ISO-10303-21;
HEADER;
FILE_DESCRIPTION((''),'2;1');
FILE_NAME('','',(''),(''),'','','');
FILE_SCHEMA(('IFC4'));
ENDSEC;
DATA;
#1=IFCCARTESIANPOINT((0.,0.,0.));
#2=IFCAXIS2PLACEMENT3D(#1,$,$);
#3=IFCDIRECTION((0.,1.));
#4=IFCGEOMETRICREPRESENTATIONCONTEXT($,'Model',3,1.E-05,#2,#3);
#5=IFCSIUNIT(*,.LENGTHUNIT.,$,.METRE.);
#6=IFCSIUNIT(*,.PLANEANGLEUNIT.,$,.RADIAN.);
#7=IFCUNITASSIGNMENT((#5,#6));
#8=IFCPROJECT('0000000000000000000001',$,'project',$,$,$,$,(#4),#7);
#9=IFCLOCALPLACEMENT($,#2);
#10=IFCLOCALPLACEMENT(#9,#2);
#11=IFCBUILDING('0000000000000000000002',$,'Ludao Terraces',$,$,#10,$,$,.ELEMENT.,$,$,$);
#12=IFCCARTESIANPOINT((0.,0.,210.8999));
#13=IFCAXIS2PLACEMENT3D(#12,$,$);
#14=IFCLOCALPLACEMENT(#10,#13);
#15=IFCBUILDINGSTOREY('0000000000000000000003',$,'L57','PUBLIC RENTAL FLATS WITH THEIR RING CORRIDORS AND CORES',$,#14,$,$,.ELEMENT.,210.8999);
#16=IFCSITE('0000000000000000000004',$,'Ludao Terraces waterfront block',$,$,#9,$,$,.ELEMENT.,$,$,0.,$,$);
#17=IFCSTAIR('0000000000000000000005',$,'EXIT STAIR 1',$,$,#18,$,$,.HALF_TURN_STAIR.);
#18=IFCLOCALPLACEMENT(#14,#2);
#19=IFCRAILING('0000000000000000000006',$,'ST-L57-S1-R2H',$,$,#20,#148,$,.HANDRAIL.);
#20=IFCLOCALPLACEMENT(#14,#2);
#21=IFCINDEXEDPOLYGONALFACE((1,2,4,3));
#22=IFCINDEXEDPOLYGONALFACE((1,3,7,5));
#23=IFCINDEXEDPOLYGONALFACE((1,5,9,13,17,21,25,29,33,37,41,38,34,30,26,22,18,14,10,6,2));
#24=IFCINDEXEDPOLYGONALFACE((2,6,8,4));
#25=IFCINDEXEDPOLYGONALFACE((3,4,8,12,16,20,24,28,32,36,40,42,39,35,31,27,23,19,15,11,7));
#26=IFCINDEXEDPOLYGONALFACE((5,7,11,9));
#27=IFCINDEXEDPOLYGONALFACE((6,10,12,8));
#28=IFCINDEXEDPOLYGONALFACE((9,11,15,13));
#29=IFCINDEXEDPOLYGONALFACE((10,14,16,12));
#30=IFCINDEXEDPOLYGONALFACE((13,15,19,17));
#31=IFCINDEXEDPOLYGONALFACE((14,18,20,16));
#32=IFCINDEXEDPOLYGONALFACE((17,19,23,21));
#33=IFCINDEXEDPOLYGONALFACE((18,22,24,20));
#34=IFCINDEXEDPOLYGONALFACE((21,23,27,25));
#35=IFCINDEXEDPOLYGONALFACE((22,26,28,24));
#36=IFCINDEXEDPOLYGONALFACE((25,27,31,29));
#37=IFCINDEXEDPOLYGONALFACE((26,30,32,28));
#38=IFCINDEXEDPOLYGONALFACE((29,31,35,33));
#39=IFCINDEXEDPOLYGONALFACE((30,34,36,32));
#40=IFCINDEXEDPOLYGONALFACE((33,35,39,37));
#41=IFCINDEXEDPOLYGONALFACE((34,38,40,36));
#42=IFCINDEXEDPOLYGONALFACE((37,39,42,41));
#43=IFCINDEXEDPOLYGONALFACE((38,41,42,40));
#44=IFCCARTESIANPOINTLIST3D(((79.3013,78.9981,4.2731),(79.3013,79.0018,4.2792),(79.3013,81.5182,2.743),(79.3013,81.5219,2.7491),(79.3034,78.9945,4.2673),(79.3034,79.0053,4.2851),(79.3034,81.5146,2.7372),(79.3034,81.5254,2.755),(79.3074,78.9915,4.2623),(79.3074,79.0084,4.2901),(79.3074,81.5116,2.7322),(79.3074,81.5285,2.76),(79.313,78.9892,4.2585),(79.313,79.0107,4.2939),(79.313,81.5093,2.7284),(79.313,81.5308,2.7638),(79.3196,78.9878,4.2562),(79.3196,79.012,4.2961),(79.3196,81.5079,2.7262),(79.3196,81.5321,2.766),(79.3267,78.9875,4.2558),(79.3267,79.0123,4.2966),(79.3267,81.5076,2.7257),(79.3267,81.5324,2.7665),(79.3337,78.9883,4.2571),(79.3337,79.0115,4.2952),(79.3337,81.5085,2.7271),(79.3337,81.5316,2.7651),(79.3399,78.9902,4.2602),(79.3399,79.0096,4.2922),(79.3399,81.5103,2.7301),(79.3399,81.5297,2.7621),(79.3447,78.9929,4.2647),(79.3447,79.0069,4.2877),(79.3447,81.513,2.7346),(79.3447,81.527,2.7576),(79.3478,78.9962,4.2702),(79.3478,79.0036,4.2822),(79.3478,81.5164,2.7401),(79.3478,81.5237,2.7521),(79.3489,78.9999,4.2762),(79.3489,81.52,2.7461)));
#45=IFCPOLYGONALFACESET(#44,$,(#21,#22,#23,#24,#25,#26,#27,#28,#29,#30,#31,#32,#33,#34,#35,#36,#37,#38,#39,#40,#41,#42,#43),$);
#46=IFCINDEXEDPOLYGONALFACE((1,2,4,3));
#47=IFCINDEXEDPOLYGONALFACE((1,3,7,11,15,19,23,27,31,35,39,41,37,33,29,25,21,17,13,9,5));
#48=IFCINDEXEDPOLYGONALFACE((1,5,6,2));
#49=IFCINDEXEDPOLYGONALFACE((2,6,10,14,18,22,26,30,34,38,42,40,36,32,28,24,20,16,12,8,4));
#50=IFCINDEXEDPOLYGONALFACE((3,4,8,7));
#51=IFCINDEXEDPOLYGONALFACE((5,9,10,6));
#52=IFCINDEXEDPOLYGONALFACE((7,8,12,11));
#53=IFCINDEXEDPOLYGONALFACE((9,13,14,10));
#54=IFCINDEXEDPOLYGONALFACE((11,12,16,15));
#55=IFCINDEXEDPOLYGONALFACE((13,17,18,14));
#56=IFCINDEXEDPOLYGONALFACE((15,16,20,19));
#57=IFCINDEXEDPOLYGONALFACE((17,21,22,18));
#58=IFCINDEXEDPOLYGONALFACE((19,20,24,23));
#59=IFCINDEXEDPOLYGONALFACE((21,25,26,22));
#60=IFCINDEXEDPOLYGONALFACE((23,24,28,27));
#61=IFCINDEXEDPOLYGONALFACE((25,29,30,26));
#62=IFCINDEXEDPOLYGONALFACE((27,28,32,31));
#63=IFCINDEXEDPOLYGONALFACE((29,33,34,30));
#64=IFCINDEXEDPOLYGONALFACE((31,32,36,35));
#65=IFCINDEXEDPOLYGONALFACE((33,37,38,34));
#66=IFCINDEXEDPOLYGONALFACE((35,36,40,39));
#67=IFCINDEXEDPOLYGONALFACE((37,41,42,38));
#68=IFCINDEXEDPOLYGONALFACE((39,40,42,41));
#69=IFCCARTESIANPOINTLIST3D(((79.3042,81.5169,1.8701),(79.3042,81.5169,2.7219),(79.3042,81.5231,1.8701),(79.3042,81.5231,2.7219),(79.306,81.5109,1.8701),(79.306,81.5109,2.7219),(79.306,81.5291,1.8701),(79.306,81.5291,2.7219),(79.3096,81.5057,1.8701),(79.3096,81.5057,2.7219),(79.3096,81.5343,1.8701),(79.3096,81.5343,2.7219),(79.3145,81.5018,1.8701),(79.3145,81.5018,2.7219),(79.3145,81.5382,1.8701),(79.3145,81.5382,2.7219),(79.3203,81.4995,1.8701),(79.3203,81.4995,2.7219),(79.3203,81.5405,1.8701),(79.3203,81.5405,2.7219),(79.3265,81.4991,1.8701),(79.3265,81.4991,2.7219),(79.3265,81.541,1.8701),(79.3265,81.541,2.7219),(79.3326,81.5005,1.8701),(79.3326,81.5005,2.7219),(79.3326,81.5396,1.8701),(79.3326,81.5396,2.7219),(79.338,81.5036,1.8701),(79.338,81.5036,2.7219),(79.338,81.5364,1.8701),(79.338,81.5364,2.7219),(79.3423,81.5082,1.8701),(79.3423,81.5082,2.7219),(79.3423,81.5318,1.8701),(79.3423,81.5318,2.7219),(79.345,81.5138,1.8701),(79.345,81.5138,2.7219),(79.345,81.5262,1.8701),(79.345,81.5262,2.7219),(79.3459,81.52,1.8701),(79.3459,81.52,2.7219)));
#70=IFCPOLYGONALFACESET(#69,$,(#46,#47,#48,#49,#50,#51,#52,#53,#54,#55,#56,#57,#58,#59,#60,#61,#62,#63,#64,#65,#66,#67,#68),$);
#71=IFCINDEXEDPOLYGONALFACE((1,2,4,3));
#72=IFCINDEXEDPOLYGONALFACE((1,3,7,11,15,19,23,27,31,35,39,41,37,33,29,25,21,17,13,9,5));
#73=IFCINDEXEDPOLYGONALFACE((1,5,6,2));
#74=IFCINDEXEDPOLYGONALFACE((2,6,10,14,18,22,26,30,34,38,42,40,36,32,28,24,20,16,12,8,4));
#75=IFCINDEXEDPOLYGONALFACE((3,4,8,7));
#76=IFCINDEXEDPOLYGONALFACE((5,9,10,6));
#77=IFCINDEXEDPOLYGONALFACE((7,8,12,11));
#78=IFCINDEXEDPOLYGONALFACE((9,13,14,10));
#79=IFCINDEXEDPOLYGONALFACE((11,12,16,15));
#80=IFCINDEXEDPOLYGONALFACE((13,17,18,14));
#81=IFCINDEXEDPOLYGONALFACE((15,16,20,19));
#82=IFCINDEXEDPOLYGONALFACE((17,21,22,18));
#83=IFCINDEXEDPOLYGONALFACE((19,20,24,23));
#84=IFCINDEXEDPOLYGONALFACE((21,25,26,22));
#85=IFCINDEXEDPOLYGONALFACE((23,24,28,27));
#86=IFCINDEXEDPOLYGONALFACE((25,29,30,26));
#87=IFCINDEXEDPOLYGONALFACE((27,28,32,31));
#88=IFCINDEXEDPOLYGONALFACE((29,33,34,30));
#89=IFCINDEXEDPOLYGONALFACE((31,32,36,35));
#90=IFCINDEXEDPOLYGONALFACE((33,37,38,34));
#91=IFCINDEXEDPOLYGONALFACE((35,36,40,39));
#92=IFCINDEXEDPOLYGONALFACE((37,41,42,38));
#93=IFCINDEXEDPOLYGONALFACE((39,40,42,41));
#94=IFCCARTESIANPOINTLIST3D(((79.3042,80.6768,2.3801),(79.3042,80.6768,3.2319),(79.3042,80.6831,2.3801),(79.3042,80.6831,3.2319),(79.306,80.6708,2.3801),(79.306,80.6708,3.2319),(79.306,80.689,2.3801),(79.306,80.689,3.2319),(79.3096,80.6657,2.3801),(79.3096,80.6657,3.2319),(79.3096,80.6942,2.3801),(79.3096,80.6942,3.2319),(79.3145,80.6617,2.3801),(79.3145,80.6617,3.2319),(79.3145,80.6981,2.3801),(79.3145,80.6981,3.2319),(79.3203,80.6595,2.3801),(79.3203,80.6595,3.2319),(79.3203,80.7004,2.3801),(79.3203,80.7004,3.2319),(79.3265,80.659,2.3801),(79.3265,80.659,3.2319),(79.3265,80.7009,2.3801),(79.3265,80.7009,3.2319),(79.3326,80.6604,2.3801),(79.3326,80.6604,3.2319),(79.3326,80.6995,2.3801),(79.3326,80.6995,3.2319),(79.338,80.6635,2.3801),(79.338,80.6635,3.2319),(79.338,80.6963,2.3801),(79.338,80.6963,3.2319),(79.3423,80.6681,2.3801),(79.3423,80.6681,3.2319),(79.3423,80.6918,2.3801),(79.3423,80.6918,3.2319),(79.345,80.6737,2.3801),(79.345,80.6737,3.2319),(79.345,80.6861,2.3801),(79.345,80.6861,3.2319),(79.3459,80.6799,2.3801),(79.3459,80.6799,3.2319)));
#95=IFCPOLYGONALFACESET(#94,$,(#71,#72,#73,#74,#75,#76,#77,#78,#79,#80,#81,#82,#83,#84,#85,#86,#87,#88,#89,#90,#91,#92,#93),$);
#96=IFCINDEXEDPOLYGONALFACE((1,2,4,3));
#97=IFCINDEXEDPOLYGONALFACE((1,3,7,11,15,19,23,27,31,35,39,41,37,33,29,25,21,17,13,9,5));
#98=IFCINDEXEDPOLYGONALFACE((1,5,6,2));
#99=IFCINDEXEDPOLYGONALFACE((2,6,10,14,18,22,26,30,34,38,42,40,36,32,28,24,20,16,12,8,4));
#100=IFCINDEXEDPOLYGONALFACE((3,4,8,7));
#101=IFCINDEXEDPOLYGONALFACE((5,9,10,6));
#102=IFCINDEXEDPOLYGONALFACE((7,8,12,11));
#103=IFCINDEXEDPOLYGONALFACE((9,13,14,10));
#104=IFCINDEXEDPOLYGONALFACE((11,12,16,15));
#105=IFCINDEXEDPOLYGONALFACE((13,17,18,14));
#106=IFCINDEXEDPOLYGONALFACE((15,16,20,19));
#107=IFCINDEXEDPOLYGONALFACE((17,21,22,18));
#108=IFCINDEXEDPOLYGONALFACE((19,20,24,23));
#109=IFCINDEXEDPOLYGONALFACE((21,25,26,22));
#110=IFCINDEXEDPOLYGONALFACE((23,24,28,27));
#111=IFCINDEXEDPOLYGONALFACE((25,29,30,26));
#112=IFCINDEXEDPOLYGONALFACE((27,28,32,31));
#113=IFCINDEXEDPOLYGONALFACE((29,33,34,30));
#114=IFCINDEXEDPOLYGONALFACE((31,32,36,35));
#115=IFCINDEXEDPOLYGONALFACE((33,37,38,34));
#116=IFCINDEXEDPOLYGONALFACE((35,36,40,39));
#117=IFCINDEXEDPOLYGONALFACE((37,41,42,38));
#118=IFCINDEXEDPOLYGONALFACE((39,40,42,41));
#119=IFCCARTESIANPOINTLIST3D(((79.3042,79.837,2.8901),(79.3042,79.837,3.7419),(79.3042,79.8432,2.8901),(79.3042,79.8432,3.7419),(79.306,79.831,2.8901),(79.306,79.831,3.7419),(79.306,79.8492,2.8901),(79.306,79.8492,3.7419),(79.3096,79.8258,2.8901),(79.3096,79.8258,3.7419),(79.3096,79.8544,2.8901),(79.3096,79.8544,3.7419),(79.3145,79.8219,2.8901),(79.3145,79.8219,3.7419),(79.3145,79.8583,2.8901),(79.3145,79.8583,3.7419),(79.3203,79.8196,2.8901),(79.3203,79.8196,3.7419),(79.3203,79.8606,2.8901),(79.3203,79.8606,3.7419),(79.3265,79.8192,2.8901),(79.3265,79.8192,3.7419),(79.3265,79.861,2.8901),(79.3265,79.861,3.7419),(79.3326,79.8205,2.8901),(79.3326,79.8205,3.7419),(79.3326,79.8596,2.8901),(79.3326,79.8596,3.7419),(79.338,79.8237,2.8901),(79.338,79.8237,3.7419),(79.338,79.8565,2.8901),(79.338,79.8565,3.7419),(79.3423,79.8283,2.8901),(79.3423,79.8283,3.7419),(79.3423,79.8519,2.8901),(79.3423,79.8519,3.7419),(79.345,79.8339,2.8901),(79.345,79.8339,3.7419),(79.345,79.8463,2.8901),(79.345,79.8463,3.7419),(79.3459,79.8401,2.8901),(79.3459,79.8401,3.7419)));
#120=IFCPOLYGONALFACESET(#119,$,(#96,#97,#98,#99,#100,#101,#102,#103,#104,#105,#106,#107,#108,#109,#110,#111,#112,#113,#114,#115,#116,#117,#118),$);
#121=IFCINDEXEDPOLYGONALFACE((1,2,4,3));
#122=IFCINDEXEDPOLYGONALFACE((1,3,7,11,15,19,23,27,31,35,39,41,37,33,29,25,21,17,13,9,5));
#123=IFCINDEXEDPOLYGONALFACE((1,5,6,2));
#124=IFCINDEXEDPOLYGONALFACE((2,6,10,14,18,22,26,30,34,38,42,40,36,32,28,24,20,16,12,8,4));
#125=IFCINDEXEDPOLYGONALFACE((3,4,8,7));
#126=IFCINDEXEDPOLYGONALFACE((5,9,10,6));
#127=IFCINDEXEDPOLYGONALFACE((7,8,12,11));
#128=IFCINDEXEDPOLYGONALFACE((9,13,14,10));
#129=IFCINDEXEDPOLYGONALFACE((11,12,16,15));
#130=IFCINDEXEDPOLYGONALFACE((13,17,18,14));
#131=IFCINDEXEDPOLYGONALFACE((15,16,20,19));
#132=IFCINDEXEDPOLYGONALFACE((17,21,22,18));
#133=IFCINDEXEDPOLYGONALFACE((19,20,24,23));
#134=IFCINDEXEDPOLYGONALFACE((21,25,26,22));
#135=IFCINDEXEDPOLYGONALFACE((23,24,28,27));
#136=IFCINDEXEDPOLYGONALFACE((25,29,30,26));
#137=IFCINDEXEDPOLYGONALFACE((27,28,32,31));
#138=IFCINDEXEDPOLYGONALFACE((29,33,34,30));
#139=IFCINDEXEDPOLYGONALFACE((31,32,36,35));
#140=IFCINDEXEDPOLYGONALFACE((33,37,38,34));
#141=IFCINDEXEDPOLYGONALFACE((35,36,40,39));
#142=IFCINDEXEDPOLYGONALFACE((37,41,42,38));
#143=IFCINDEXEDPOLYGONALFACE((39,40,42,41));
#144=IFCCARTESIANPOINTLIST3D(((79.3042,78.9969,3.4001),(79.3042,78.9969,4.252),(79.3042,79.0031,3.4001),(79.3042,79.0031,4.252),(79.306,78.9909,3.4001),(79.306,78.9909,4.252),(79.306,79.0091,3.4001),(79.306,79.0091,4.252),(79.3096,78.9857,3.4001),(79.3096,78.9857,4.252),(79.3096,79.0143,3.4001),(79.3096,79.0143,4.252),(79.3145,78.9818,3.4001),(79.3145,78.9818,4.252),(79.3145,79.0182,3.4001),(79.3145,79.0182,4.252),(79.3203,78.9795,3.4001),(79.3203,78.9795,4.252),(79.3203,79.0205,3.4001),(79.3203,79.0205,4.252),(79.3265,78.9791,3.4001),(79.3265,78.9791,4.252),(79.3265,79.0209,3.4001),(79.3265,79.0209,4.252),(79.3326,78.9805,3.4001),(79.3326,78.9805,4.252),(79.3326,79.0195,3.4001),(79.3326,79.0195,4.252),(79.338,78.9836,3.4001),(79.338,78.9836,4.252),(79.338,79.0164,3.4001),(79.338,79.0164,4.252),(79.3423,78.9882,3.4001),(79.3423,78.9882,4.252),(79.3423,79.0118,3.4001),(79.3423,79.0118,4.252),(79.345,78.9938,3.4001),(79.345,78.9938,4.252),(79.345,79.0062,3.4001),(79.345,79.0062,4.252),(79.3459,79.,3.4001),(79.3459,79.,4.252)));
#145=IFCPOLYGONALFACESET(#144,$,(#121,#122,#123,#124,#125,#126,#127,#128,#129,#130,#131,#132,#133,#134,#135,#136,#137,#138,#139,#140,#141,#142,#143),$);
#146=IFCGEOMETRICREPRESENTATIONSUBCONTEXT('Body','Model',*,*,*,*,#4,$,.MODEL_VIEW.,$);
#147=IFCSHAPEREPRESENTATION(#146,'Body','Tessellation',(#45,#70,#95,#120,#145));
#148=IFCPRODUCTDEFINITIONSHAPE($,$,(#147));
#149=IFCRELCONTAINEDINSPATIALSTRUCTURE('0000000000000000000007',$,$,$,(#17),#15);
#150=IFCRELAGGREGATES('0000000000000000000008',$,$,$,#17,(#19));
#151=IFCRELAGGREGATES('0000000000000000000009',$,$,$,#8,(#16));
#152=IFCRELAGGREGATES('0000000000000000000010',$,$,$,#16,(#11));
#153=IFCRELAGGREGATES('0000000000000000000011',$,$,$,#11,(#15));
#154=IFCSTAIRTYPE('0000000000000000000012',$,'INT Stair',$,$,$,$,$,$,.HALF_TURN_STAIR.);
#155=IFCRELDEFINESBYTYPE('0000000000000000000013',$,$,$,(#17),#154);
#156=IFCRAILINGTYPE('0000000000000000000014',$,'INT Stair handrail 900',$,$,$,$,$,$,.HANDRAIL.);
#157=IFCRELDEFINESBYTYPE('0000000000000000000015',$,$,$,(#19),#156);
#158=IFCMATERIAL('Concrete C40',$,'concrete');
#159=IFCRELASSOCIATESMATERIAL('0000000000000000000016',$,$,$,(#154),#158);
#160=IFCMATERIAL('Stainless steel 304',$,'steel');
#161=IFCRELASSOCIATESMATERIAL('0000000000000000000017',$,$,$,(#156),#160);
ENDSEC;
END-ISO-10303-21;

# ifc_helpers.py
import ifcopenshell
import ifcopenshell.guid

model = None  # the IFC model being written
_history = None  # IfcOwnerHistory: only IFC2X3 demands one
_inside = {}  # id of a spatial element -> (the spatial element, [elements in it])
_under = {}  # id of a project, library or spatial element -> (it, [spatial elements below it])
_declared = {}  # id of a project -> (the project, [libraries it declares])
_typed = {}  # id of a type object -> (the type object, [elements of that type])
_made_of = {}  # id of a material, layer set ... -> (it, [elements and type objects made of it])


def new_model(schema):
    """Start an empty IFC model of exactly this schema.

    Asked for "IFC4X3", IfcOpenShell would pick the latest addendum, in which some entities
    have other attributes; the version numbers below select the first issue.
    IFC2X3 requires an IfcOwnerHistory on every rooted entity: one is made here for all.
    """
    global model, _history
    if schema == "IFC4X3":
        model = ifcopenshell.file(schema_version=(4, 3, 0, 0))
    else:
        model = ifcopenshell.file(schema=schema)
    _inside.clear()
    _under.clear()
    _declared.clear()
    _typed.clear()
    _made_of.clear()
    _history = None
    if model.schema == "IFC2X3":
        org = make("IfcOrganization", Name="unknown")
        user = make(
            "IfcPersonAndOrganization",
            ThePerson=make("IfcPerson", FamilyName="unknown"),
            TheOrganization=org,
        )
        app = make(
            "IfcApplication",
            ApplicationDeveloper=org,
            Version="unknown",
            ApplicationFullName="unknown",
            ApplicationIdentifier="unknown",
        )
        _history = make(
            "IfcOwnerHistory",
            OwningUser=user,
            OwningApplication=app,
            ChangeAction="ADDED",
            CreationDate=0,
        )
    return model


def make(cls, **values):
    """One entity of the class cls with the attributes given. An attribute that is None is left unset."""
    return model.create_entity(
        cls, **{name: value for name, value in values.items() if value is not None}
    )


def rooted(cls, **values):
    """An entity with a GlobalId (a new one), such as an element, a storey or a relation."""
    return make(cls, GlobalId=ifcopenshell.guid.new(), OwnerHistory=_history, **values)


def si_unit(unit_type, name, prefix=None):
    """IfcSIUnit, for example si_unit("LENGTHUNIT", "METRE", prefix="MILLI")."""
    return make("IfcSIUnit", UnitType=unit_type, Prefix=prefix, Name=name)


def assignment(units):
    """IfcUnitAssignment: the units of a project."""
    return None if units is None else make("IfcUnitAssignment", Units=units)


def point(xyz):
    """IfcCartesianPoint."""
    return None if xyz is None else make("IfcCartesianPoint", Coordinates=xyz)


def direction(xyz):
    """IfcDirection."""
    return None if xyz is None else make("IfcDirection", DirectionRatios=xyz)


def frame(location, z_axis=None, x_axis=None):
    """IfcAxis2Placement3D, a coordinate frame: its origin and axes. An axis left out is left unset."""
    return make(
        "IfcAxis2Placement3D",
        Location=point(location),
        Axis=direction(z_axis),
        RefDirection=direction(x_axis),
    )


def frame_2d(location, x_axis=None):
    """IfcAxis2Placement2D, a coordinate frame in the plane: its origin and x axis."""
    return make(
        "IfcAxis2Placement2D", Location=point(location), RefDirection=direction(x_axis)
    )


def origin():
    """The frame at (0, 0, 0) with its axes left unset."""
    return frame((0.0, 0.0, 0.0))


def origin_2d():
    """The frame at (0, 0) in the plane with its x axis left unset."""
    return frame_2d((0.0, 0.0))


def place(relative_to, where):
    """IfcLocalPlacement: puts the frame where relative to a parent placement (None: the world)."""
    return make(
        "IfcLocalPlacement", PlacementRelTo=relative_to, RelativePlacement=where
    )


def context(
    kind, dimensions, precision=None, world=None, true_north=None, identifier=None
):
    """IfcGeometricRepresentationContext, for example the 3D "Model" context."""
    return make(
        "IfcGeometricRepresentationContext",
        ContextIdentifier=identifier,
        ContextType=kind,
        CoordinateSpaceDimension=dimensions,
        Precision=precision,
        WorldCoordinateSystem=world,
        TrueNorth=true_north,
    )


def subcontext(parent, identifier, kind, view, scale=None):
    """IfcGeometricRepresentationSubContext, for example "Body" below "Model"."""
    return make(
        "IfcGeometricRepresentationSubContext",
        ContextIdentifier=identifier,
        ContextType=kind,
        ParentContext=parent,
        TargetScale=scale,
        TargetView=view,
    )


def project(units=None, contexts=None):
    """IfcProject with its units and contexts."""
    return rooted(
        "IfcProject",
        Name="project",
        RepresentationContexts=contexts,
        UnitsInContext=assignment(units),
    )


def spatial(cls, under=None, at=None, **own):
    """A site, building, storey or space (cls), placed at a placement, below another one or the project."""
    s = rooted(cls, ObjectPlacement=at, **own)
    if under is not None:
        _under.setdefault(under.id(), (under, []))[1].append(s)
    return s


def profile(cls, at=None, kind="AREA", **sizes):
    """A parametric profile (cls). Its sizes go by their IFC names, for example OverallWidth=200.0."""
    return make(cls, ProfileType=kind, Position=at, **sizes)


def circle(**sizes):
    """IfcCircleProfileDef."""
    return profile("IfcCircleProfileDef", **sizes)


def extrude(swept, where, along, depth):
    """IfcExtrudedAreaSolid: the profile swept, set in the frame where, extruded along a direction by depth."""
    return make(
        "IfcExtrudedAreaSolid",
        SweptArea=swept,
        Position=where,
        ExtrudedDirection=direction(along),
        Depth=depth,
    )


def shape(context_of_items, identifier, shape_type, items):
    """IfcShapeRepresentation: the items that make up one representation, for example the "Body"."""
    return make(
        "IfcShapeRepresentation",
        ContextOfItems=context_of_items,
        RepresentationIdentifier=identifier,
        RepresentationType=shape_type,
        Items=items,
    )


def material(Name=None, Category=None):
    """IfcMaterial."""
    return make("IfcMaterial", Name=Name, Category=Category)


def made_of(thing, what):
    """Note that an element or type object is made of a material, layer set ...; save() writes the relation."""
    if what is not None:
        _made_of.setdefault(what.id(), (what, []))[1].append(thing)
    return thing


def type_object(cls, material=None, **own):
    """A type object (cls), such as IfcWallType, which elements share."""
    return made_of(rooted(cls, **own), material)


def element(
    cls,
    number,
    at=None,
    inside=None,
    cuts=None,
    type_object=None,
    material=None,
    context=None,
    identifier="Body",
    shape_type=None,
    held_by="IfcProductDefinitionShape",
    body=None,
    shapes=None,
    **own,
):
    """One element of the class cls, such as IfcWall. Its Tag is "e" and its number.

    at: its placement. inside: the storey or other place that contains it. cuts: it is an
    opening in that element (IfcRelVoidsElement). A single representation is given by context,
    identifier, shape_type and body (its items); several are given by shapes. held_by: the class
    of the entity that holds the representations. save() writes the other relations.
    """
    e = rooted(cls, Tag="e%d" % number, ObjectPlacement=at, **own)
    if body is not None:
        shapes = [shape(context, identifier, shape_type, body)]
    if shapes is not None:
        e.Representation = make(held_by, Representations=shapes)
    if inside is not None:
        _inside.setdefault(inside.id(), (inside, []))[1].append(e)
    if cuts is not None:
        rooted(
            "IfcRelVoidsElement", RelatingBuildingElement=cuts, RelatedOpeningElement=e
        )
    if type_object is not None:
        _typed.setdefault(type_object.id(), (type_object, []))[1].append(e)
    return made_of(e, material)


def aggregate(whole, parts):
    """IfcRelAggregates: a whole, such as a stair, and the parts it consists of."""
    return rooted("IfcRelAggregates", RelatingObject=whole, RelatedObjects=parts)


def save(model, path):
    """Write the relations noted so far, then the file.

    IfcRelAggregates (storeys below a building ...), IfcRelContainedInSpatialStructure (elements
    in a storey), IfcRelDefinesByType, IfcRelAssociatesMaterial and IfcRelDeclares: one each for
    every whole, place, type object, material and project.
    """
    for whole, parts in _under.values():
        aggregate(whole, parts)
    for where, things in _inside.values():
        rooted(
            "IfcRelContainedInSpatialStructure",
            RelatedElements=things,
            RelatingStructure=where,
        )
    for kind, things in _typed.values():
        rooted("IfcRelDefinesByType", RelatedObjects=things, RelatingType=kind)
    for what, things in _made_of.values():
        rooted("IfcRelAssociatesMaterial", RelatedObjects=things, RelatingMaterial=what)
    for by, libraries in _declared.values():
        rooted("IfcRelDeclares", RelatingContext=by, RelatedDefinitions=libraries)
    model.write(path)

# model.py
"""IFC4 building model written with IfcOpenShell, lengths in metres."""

from ifc_helpers import new_model, si_unit, direction, frame, origin, origin_2d, place, context, subcontext, project, spatial, circle, extrude, material, type_object, element, aggregate, save


model = new_model("IFC4")

# Units and contexts
model_context = context("Model", 3, precision=1e-05, world=origin(), true_north=direction((0.0, 1.0)))
body_context = subcontext(model_context, "Body", "Model", "MODEL_VIEW")
ifc_project = project(units=[si_unit("LENGTHUNIT", "METRE"), si_unit("PLANEANGLEUNIT", "RADIAN")], contexts=[model_context])

# Site, building, storey
site_placement = place(None, origin())
site = spatial("IfcSite", under=ifc_project, at=site_placement, Name="Ludao Terraces waterfront block", CompositionType="ELEMENT", RefElevation=0.0)
building_placement = place(site_placement, origin())
building = spatial("IfcBuilding", under=site, at=building_placement, Name="Ludao Terraces", CompositionType="ELEMENT")
storey_placement = place(building_placement, frame((0.0, 0.0, 210.8999)))
storey = spatial("IfcBuildingStorey", under=building, at=storey_placement, Name="L57", Description="PUBLIC RENTAL FLATS WITH THEIR RING CORRIDORS AND CORES", CompositionType="ELEMENT", Elevation=210.8999)

# Shared definitions
ifc_material_1 = material(Name="Concrete C40", Category="concrete")

# Stair, railing
stair_type = type_object("IfcStairType", Name="INT Stair", PredefinedType="HALF_TURN_STAIR", material=ifc_material_1)
stair_placement = place(storey_placement, origin())
stair = element("IfcStair", 1, at=stair_placement, inside=storey, type_object=stair_type, Name="EXIT STAIR 1", PredefinedType="HALF_TURN_STAIR")
ifc_material_2 = material(Name="Stainless steel 304", Category="steel")
railing_type = type_object("IfcRailingType", Name="INT Stair handrail 900", PredefinedType="HANDRAIL", material=ifc_material_2)
railing_placement = place(storey_placement, frame((79.325, 81.52, 1.8701)))
railing = element("IfcRailing", 2, at=railing_placement, type_object=railing_type, Name="ST-L57-S1-R2H", PredefinedType="HANDRAIL", context=body_context, shape_type="SweptSolid", body=[
    extrude(circle(Radius=0.0239, at=origin_2d()), frame((0.0, 0.0, 0.876), z_axis=(0.0, -0.854785, 0.518982), x_axis=(1.0, 0.0, 0.0)), (0.0, 0.0, 1.0), 2.9482),
    extrude(circle(Radius=0.021, at=origin_2d()), origin(), (0.0, 0.0, 1.0), 0.8518),
    extrude(circle(Radius=0.021, at=origin_2d()), frame((0.0, -0.8401, 0.51)), (0.0, 0.0, 1.0), 0.8518),
    extrude(circle(Radius=0.021, at=origin_2d()), frame((0.0, -1.6799, 1.02)), (0.0, 0.0, 1.0), 0.8518),
    extrude(circle(Radius=0.021, at=origin_2d()), frame((0.0, -2.52, 1.53)), (0.0, 0.0, 1.0), 0.8518),
])
aggregate(stair, [railing])

save(model, "model.ifc")
